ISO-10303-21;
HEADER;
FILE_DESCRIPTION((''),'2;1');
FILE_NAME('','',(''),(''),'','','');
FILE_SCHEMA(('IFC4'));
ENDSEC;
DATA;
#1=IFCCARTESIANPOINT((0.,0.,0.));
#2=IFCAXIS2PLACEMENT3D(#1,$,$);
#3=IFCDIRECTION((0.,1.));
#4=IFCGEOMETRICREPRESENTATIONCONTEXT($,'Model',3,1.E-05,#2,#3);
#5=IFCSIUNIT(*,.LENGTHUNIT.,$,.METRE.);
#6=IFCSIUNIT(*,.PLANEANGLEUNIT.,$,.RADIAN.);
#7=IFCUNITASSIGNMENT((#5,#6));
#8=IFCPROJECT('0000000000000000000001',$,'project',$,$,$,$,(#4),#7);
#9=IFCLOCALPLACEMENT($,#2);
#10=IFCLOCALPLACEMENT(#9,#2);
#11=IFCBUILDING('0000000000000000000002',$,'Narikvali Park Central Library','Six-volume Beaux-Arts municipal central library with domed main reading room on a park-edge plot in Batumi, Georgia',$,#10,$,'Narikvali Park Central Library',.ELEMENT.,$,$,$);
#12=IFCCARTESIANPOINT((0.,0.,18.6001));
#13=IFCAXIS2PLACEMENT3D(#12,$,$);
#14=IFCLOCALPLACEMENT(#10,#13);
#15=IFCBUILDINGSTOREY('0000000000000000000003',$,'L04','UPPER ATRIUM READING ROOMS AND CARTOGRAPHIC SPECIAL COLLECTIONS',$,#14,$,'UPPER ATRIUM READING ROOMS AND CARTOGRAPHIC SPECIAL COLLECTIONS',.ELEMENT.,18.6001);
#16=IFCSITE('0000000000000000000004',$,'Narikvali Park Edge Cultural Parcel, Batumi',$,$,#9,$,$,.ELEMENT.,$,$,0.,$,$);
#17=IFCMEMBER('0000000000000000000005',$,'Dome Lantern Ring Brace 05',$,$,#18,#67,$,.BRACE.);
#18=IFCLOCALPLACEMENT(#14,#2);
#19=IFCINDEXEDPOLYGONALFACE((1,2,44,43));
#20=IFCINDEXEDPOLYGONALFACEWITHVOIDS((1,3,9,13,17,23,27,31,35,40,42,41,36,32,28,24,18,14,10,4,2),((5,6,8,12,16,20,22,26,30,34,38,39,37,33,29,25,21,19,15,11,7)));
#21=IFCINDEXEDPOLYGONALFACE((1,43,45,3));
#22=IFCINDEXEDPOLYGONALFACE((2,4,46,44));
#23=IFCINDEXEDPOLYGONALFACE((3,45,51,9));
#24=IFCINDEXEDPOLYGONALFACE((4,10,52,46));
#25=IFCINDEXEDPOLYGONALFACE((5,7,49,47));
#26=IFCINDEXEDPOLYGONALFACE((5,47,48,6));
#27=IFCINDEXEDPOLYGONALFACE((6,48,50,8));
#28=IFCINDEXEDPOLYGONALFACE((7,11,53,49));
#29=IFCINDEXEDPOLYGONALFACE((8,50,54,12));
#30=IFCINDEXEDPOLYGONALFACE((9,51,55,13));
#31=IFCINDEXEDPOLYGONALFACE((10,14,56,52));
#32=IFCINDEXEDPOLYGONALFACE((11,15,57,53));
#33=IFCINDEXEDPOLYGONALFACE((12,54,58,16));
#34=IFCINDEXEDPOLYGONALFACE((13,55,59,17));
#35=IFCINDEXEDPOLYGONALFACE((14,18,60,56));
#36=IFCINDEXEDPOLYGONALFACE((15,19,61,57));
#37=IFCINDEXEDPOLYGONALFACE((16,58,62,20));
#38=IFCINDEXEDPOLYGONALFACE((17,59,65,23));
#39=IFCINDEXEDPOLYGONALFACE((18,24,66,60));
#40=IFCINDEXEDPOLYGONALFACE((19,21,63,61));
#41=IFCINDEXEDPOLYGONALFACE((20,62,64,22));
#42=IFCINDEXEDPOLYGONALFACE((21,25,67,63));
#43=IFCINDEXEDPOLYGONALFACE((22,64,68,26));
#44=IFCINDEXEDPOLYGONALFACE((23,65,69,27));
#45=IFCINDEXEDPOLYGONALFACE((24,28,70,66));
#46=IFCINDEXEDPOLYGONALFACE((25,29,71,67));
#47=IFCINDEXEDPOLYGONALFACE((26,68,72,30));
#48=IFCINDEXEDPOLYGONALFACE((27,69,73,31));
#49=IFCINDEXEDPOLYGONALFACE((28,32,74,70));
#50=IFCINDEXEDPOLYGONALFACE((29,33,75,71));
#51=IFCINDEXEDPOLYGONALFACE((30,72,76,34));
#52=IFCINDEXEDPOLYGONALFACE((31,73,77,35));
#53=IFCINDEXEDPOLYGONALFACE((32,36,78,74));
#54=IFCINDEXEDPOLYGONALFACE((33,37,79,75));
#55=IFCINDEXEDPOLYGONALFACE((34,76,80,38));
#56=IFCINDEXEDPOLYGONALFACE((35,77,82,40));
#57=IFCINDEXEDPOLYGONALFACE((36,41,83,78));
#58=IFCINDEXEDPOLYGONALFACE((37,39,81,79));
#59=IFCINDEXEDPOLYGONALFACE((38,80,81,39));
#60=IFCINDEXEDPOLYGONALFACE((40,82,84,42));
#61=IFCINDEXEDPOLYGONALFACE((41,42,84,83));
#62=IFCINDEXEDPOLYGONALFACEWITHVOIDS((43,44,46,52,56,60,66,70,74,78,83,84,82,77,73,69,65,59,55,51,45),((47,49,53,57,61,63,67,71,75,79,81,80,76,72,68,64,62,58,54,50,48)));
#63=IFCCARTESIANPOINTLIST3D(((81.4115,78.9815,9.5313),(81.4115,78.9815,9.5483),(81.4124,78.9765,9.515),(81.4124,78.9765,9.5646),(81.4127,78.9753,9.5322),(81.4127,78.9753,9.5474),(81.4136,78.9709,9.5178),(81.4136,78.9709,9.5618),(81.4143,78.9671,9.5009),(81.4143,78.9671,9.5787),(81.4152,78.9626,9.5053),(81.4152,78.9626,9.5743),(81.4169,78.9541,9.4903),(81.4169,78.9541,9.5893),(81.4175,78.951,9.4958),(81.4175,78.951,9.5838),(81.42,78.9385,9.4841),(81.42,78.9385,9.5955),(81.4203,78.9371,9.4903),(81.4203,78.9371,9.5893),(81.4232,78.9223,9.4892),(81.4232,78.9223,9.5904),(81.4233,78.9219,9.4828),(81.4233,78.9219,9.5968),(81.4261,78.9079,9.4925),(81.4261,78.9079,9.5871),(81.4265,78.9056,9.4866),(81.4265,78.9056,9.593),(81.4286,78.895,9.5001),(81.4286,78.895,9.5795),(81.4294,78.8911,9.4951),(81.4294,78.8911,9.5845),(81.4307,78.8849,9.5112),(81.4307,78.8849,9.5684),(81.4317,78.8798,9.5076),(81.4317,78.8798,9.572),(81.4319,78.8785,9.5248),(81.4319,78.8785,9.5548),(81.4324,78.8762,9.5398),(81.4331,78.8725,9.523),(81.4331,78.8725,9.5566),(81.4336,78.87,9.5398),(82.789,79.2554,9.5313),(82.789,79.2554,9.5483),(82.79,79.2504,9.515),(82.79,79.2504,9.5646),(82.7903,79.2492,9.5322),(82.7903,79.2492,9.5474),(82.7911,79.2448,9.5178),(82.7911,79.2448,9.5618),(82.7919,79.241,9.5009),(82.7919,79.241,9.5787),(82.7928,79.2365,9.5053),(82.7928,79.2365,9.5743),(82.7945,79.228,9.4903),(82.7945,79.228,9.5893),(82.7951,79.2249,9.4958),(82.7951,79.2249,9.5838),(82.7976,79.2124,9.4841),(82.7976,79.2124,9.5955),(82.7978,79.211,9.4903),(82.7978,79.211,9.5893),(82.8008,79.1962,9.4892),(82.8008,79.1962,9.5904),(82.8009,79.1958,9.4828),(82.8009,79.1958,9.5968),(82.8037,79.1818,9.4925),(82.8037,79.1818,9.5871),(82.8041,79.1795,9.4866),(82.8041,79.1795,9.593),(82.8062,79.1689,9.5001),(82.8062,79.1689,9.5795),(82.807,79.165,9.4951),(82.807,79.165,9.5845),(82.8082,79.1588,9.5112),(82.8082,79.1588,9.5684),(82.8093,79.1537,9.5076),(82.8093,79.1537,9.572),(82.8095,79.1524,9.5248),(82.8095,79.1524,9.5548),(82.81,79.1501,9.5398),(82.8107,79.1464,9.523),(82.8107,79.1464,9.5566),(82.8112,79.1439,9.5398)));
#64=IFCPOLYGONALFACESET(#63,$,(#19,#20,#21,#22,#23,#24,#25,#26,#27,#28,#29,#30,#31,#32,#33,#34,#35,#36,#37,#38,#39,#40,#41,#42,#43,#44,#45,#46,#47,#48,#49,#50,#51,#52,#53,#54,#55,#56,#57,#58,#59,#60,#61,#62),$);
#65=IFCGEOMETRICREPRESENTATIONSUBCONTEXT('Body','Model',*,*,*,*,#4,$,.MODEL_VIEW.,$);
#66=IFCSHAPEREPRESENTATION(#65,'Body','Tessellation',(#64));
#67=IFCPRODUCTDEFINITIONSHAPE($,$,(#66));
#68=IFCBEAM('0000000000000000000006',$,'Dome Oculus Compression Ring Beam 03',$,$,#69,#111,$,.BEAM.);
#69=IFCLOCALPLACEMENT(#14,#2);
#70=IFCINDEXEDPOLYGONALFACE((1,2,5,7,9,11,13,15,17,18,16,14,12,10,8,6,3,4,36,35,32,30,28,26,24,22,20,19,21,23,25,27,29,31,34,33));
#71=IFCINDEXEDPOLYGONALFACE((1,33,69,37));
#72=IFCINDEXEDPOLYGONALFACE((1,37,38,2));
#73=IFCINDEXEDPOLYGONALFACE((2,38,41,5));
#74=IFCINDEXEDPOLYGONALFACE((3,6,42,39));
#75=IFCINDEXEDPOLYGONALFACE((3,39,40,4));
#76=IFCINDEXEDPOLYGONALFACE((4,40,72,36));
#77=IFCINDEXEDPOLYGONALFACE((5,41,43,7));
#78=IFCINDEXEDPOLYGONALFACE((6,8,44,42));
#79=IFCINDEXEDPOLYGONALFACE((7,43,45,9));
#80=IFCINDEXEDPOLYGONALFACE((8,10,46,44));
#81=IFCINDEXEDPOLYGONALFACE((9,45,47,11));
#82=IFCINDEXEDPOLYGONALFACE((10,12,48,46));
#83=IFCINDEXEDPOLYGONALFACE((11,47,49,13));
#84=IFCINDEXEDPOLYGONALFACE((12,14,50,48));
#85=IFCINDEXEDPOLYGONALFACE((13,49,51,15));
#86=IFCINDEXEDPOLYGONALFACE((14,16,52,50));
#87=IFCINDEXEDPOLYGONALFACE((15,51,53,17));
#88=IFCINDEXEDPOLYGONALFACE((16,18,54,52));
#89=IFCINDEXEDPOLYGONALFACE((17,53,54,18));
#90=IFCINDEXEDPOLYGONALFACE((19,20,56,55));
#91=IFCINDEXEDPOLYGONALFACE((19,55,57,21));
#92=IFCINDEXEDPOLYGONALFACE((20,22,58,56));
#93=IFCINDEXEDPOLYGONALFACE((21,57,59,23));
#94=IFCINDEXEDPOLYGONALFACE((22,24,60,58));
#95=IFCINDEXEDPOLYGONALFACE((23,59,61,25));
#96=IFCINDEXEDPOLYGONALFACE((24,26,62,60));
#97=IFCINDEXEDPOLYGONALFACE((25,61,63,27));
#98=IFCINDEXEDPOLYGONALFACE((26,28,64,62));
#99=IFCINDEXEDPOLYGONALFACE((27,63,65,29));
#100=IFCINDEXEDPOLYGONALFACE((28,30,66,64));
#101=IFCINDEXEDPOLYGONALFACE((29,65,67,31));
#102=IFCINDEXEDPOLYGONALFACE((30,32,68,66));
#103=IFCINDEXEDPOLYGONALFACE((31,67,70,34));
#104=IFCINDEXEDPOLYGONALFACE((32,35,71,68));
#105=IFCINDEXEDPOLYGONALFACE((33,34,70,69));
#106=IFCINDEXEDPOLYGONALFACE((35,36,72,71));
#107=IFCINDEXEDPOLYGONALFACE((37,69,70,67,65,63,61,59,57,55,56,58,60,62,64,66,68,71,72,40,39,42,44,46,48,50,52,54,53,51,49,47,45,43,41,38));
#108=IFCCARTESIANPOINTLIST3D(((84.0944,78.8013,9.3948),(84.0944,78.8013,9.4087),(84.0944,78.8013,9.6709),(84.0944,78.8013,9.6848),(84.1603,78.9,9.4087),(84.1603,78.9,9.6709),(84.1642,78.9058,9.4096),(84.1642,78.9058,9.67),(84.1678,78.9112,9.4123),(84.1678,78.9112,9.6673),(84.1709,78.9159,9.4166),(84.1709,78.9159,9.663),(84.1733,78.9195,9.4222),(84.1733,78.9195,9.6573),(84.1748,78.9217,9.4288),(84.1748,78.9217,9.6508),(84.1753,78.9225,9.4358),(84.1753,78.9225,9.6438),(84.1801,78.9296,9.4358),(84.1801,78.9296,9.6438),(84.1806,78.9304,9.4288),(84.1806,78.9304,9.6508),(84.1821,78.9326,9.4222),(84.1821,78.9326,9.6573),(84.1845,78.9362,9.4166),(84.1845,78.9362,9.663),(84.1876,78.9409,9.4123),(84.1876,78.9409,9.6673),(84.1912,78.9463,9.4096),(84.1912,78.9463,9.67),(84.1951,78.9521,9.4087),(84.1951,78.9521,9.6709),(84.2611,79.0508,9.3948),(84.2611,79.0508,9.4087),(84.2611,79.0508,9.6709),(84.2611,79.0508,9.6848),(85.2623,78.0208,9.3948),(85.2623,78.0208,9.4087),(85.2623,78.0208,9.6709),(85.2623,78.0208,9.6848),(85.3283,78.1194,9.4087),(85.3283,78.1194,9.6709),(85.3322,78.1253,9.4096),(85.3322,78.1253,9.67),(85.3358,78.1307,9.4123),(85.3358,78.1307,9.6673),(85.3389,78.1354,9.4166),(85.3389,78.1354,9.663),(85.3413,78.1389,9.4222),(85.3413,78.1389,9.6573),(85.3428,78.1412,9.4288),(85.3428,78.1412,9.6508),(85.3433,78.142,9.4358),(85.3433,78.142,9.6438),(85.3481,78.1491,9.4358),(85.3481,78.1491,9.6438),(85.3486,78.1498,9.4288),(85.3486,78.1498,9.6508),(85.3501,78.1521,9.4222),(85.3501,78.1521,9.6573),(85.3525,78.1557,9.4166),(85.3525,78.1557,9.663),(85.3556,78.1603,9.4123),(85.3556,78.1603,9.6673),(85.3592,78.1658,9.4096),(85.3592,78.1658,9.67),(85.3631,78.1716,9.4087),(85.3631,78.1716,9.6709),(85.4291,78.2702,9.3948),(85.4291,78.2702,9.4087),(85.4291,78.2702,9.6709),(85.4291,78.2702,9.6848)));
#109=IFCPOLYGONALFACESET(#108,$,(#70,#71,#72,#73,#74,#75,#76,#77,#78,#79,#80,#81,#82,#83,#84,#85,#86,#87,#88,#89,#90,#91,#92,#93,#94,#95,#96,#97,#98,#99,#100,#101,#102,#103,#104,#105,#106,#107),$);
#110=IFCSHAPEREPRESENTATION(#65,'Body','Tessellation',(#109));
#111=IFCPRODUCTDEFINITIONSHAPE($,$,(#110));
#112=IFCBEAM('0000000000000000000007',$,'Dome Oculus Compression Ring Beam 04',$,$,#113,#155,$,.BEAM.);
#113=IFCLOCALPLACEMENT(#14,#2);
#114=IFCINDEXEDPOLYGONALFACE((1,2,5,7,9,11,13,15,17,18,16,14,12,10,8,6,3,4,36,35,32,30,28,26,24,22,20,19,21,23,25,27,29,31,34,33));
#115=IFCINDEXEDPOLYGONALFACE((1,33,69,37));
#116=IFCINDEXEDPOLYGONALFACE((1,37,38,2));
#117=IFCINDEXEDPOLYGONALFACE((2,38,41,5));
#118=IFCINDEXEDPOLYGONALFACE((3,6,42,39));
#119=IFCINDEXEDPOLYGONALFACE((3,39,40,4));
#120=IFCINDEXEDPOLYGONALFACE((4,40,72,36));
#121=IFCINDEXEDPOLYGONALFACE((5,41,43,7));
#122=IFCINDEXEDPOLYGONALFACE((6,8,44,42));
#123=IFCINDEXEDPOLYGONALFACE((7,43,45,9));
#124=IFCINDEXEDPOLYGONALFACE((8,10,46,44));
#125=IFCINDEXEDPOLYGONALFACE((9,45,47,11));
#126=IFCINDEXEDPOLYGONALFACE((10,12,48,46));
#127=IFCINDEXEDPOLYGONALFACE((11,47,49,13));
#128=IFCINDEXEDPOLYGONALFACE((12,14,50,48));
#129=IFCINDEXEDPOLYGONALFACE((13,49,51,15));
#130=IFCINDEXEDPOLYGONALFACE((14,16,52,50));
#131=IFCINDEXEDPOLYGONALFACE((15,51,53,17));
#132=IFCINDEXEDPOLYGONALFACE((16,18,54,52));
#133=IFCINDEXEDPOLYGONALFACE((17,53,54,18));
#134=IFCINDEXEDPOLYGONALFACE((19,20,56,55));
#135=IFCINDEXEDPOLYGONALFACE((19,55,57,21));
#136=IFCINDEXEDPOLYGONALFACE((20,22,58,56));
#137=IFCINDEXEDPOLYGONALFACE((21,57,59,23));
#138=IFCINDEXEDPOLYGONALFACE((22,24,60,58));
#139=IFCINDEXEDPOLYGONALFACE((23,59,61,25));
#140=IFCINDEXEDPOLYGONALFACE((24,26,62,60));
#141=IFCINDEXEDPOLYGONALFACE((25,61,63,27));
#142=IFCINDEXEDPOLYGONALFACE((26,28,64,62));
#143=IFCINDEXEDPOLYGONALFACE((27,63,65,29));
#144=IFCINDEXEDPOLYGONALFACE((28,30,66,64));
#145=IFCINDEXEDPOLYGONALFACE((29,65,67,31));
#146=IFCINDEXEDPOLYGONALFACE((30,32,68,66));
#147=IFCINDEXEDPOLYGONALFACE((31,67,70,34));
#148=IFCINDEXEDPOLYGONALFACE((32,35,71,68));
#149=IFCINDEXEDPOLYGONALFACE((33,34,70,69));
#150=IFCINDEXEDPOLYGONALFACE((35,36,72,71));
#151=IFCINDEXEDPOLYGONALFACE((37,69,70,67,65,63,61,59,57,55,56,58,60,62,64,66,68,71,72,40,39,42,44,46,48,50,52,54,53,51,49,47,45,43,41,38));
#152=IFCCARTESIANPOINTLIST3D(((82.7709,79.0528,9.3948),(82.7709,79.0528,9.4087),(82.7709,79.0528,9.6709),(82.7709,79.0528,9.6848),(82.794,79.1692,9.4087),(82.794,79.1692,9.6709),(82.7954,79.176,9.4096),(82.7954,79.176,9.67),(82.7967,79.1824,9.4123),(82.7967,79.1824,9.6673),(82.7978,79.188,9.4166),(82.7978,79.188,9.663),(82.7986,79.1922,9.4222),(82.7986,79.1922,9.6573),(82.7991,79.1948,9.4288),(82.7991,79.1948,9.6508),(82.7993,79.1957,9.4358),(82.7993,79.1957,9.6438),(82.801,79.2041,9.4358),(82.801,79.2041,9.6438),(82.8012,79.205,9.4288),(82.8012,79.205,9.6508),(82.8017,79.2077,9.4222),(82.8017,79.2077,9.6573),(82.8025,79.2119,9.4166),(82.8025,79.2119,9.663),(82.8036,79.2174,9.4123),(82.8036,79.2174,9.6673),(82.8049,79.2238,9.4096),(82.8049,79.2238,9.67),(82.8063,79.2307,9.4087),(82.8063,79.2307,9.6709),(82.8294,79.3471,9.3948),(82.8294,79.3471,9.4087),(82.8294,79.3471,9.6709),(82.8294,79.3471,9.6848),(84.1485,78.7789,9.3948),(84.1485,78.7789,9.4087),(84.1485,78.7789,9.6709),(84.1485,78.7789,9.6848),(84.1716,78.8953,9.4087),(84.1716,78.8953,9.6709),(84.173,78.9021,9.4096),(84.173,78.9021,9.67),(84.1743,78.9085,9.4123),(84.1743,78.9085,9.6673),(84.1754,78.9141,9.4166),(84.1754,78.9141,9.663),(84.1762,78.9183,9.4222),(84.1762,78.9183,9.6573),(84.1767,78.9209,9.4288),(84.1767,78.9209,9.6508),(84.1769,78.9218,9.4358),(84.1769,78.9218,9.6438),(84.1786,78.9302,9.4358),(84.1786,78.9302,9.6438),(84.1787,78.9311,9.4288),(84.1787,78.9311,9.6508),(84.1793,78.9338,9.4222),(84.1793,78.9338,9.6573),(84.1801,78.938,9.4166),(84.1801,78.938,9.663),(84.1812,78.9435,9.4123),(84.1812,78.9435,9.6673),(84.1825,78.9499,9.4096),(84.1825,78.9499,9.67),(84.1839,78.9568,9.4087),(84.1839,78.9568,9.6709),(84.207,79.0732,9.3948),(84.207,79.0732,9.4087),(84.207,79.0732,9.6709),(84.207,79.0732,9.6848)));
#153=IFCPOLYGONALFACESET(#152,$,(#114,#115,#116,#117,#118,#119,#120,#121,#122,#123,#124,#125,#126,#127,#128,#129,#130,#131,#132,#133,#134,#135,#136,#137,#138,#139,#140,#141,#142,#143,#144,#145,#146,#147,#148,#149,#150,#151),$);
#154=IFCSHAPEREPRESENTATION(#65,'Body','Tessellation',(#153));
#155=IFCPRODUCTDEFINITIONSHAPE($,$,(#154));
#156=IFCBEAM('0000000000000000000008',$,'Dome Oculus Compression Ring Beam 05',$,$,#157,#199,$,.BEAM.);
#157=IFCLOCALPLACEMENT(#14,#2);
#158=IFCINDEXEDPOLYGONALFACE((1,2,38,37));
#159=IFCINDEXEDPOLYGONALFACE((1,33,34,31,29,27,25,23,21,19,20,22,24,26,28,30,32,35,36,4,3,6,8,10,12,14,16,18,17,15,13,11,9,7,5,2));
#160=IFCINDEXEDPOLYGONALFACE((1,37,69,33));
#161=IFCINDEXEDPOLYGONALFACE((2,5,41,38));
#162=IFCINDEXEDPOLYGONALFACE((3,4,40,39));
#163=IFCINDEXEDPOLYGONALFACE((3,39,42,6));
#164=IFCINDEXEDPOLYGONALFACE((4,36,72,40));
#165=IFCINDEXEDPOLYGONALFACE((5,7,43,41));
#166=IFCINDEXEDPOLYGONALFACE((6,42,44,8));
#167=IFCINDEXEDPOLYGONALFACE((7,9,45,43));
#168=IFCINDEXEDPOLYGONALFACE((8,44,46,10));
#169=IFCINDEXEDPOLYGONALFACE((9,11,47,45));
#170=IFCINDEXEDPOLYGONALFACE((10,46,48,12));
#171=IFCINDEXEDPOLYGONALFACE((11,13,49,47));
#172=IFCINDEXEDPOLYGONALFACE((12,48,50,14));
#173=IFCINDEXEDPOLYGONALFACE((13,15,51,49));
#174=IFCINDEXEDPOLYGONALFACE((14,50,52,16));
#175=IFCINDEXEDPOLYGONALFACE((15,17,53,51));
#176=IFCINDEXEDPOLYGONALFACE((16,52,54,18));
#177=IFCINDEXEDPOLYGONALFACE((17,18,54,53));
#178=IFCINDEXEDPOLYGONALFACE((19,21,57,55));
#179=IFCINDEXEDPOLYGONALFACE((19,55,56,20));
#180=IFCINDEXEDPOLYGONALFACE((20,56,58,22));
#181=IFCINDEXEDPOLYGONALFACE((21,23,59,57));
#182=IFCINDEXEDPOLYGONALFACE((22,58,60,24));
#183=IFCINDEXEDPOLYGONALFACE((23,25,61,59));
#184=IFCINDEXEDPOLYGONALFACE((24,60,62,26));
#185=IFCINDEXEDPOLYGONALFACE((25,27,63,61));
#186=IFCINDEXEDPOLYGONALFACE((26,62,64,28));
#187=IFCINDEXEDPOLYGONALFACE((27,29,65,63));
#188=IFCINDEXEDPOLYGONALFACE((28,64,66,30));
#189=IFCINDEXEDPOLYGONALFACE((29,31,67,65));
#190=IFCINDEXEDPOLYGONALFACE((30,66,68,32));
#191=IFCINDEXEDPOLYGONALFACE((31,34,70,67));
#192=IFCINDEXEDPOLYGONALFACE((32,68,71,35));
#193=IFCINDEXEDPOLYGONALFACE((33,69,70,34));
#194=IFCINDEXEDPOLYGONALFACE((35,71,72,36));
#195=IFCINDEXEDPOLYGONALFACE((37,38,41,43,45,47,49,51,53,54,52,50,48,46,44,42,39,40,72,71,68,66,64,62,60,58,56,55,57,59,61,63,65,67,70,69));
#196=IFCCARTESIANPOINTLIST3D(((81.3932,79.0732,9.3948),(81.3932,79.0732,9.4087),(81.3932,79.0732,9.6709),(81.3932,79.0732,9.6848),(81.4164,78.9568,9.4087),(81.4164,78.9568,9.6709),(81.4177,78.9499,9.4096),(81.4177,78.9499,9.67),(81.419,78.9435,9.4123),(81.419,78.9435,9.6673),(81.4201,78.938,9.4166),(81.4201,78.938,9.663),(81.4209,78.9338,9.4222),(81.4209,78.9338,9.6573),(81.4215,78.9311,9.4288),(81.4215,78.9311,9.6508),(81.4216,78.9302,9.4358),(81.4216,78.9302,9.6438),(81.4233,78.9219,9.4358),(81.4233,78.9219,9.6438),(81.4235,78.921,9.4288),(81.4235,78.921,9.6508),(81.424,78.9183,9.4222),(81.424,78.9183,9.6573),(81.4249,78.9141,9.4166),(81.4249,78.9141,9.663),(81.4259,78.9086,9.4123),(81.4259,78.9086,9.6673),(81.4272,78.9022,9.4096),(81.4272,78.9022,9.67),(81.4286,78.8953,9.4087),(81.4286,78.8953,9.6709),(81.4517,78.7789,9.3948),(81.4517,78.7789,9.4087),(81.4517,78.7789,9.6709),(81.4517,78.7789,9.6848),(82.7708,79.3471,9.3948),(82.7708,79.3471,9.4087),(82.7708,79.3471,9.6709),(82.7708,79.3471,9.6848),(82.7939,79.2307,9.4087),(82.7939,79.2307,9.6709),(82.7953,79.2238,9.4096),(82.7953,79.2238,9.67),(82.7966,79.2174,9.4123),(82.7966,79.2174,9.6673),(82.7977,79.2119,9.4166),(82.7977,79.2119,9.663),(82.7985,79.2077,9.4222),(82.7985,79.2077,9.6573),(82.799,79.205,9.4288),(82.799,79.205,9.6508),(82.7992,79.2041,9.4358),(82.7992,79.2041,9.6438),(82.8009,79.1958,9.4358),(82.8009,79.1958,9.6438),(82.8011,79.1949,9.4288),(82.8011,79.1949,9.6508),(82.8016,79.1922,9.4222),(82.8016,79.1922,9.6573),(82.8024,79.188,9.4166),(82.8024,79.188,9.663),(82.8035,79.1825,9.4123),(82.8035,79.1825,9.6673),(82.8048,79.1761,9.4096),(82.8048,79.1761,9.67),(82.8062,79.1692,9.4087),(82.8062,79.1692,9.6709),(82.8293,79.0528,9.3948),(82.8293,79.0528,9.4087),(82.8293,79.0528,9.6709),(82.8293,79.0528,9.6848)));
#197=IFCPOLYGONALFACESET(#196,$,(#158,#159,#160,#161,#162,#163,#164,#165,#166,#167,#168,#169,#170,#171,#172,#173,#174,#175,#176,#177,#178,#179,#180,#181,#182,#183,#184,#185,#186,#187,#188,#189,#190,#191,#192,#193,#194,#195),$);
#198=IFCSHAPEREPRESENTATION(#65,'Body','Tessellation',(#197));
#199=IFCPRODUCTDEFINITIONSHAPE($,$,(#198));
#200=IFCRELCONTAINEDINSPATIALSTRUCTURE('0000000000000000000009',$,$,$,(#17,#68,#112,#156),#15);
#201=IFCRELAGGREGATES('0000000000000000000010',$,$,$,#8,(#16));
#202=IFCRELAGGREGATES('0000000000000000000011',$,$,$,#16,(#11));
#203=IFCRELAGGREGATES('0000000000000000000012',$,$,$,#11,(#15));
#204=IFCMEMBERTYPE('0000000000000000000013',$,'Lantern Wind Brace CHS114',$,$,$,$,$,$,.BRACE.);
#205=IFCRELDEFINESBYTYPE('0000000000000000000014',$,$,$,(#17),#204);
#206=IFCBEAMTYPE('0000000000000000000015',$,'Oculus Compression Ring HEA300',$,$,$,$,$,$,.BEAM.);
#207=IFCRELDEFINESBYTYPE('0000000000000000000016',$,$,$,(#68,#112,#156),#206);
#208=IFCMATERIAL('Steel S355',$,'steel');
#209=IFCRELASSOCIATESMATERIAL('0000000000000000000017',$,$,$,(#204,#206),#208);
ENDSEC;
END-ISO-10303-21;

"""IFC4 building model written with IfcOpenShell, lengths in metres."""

from ifc_helpers import new_model, si_unit, direction, frame, origin, origin_2d, place, context, subcontext, project, spatial, hollow_circle, i_section, extrude, material, material_profile, profile_set, type_object, element, save


model = new_model("IFC4")

# Units and contexts
model_context = context("Model", 3, precision=1e-05, world=origin(), true_north=direction((0.0, 1.0)))
body_context = subcontext(model_context, "Body", "Model", "MODEL_VIEW")
ifc_project = project(units=[si_unit("LENGTHUNIT", "METRE"), si_unit("PLANEANGLEUNIT", "RADIAN")], contexts=[model_context])

# Site, building, storey
site_placement = place(None, origin())
site = spatial("IfcSite", under=ifc_project, at=site_placement, Name="Narikvali Park Edge Cultural Parcel, Batumi", CompositionType="ELEMENT", RefElevation=0.0)
building_placement = place(site_placement, origin())
building = spatial("IfcBuilding", under=site, at=building_placement, Name="Narikvali Park Central Library", Description="Six-volume Beaux-Arts municipal central library with domed main reading room on a park-edge plot in Batumi, Georgia", LongName="Narikvali Park Central Library", CompositionType="ELEMENT")
storey_placement = place(building_placement, frame((0.0, 0.0, 18.6001)))
storey = spatial("IfcBuildingStorey", under=building, at=storey_placement, Name="L04", Description="UPPER ATRIUM READING ROOMS AND CARTOGRAPHIC SPECIAL COLLECTIONS", LongName="UPPER ATRIUM READING ROOMS AND CARTOGRAPHIC SPECIAL COLLECTIONS", CompositionType="ELEMENT", Elevation=18.6001)

# Member
ifc_material_1 = material(Name="Steel S355", Category="steel")
ifc_material_profile_1 = material_profile(ifc_material_1, hollow_circle(Radius=0.0571, WallThickness=0.0063, at=origin_2d()), Name="CHS 114.3x6.3")
ifc_profile_set_1 = profile_set([ifc_material_profile_1], Name="Steel S355")
member_type_1 = type_object("IfcMemberType", Name="Lantern Wind Brace CHS114", PredefinedType="BRACE", material=ifc_profile_set_1)
member_1_placement = place(storey_placement, frame((82.8, 79.2, 9.5398), z_axis=(-0.980801, -0.195013, 0.0), x_axis=(0.195013, -0.980801, 0.0)))
element("IfcMember", 1, at=member_1_placement, inside=storey, type_object=member_type_1, Name="Dome Lantern Ring Brace 05", PredefinedType="BRACE", context=body_context, shape_type="SweptSolid", body=[
    extrude(hollow_circle(Radius=0.0571, WallThickness=0.0063, at=origin_2d()), origin(), (0.0, 0.0, 1.0), 1.4045),
])

# Beams
ifc_material_profile_2 = material_profile(ifc_material_1, i_section(OverallWidth=0.3, OverallDepth=0.29, WebThickness=0.0085, FlangeThickness=0.0139, FilletRadius=0.0271, at=origin_2d()), Name="HEA 300")
ifc_profile_set_2 = profile_set([ifc_material_profile_2], Name="Steel S355")
beam_type = type_object("IfcBeamType", Name="Oculus Compression Ring HEA300", PredefinedType="BEAM", material=ifc_profile_set_2)
beam_1_placement = place(storey_placement, frame((85.3457, 78.1455, 9.5398), z_axis=(-0.831435, 0.555622, 0.0), x_axis=(-0.555622, -0.831435, 0.0)))
element("IfcBeam", 2, at=beam_1_placement, inside=storey, type_object=beam_type, Name="Dome Oculus Compression Ring Beam 03", PredefinedType="BEAM", context=body_context, shape_type="SweptSolid", body=[
    extrude(i_section(OverallWidth=0.3, OverallDepth=0.29, WebThickness=0.0085, FlangeThickness=0.0139, FilletRadius=0.0271, at=origin_2d()), origin(), (0.0, 0.0, 1.0), 1.4048),
])
for number, where, z_axis, x_axis, name in (
    (3, (84.1777, 78.926, 9.5398), (-0.980801, 0.195013, 0.0), (-0.195013, -0.980801, 0.0), "Dome Oculus Compression Ring Beam 04"),
    (4, (82.8, 79.2, 9.5398), (-0.980801, -0.195013, 0.0), (0.195013, -0.980801, 0.0), "Dome Oculus Compression Ring Beam 05"),
):
    element("IfcBeam", number, at=place(storey_placement, frame(where, z_axis=z_axis, x_axis=x_axis)), inside=storey, type_object=beam_type, Name=name, PredefinedType="BEAM", context=body_context, shape_type="SweptSolid", body=[
        extrude(i_section(OverallWidth=0.3, OverallDepth=0.29, WebThickness=0.0085, FlangeThickness=0.0139, FilletRadius=0.0271, at=origin_2d()), origin(), (0.0, 0.0, 1.0), 1.4045),
    ])

save(model, "model.ifc")
